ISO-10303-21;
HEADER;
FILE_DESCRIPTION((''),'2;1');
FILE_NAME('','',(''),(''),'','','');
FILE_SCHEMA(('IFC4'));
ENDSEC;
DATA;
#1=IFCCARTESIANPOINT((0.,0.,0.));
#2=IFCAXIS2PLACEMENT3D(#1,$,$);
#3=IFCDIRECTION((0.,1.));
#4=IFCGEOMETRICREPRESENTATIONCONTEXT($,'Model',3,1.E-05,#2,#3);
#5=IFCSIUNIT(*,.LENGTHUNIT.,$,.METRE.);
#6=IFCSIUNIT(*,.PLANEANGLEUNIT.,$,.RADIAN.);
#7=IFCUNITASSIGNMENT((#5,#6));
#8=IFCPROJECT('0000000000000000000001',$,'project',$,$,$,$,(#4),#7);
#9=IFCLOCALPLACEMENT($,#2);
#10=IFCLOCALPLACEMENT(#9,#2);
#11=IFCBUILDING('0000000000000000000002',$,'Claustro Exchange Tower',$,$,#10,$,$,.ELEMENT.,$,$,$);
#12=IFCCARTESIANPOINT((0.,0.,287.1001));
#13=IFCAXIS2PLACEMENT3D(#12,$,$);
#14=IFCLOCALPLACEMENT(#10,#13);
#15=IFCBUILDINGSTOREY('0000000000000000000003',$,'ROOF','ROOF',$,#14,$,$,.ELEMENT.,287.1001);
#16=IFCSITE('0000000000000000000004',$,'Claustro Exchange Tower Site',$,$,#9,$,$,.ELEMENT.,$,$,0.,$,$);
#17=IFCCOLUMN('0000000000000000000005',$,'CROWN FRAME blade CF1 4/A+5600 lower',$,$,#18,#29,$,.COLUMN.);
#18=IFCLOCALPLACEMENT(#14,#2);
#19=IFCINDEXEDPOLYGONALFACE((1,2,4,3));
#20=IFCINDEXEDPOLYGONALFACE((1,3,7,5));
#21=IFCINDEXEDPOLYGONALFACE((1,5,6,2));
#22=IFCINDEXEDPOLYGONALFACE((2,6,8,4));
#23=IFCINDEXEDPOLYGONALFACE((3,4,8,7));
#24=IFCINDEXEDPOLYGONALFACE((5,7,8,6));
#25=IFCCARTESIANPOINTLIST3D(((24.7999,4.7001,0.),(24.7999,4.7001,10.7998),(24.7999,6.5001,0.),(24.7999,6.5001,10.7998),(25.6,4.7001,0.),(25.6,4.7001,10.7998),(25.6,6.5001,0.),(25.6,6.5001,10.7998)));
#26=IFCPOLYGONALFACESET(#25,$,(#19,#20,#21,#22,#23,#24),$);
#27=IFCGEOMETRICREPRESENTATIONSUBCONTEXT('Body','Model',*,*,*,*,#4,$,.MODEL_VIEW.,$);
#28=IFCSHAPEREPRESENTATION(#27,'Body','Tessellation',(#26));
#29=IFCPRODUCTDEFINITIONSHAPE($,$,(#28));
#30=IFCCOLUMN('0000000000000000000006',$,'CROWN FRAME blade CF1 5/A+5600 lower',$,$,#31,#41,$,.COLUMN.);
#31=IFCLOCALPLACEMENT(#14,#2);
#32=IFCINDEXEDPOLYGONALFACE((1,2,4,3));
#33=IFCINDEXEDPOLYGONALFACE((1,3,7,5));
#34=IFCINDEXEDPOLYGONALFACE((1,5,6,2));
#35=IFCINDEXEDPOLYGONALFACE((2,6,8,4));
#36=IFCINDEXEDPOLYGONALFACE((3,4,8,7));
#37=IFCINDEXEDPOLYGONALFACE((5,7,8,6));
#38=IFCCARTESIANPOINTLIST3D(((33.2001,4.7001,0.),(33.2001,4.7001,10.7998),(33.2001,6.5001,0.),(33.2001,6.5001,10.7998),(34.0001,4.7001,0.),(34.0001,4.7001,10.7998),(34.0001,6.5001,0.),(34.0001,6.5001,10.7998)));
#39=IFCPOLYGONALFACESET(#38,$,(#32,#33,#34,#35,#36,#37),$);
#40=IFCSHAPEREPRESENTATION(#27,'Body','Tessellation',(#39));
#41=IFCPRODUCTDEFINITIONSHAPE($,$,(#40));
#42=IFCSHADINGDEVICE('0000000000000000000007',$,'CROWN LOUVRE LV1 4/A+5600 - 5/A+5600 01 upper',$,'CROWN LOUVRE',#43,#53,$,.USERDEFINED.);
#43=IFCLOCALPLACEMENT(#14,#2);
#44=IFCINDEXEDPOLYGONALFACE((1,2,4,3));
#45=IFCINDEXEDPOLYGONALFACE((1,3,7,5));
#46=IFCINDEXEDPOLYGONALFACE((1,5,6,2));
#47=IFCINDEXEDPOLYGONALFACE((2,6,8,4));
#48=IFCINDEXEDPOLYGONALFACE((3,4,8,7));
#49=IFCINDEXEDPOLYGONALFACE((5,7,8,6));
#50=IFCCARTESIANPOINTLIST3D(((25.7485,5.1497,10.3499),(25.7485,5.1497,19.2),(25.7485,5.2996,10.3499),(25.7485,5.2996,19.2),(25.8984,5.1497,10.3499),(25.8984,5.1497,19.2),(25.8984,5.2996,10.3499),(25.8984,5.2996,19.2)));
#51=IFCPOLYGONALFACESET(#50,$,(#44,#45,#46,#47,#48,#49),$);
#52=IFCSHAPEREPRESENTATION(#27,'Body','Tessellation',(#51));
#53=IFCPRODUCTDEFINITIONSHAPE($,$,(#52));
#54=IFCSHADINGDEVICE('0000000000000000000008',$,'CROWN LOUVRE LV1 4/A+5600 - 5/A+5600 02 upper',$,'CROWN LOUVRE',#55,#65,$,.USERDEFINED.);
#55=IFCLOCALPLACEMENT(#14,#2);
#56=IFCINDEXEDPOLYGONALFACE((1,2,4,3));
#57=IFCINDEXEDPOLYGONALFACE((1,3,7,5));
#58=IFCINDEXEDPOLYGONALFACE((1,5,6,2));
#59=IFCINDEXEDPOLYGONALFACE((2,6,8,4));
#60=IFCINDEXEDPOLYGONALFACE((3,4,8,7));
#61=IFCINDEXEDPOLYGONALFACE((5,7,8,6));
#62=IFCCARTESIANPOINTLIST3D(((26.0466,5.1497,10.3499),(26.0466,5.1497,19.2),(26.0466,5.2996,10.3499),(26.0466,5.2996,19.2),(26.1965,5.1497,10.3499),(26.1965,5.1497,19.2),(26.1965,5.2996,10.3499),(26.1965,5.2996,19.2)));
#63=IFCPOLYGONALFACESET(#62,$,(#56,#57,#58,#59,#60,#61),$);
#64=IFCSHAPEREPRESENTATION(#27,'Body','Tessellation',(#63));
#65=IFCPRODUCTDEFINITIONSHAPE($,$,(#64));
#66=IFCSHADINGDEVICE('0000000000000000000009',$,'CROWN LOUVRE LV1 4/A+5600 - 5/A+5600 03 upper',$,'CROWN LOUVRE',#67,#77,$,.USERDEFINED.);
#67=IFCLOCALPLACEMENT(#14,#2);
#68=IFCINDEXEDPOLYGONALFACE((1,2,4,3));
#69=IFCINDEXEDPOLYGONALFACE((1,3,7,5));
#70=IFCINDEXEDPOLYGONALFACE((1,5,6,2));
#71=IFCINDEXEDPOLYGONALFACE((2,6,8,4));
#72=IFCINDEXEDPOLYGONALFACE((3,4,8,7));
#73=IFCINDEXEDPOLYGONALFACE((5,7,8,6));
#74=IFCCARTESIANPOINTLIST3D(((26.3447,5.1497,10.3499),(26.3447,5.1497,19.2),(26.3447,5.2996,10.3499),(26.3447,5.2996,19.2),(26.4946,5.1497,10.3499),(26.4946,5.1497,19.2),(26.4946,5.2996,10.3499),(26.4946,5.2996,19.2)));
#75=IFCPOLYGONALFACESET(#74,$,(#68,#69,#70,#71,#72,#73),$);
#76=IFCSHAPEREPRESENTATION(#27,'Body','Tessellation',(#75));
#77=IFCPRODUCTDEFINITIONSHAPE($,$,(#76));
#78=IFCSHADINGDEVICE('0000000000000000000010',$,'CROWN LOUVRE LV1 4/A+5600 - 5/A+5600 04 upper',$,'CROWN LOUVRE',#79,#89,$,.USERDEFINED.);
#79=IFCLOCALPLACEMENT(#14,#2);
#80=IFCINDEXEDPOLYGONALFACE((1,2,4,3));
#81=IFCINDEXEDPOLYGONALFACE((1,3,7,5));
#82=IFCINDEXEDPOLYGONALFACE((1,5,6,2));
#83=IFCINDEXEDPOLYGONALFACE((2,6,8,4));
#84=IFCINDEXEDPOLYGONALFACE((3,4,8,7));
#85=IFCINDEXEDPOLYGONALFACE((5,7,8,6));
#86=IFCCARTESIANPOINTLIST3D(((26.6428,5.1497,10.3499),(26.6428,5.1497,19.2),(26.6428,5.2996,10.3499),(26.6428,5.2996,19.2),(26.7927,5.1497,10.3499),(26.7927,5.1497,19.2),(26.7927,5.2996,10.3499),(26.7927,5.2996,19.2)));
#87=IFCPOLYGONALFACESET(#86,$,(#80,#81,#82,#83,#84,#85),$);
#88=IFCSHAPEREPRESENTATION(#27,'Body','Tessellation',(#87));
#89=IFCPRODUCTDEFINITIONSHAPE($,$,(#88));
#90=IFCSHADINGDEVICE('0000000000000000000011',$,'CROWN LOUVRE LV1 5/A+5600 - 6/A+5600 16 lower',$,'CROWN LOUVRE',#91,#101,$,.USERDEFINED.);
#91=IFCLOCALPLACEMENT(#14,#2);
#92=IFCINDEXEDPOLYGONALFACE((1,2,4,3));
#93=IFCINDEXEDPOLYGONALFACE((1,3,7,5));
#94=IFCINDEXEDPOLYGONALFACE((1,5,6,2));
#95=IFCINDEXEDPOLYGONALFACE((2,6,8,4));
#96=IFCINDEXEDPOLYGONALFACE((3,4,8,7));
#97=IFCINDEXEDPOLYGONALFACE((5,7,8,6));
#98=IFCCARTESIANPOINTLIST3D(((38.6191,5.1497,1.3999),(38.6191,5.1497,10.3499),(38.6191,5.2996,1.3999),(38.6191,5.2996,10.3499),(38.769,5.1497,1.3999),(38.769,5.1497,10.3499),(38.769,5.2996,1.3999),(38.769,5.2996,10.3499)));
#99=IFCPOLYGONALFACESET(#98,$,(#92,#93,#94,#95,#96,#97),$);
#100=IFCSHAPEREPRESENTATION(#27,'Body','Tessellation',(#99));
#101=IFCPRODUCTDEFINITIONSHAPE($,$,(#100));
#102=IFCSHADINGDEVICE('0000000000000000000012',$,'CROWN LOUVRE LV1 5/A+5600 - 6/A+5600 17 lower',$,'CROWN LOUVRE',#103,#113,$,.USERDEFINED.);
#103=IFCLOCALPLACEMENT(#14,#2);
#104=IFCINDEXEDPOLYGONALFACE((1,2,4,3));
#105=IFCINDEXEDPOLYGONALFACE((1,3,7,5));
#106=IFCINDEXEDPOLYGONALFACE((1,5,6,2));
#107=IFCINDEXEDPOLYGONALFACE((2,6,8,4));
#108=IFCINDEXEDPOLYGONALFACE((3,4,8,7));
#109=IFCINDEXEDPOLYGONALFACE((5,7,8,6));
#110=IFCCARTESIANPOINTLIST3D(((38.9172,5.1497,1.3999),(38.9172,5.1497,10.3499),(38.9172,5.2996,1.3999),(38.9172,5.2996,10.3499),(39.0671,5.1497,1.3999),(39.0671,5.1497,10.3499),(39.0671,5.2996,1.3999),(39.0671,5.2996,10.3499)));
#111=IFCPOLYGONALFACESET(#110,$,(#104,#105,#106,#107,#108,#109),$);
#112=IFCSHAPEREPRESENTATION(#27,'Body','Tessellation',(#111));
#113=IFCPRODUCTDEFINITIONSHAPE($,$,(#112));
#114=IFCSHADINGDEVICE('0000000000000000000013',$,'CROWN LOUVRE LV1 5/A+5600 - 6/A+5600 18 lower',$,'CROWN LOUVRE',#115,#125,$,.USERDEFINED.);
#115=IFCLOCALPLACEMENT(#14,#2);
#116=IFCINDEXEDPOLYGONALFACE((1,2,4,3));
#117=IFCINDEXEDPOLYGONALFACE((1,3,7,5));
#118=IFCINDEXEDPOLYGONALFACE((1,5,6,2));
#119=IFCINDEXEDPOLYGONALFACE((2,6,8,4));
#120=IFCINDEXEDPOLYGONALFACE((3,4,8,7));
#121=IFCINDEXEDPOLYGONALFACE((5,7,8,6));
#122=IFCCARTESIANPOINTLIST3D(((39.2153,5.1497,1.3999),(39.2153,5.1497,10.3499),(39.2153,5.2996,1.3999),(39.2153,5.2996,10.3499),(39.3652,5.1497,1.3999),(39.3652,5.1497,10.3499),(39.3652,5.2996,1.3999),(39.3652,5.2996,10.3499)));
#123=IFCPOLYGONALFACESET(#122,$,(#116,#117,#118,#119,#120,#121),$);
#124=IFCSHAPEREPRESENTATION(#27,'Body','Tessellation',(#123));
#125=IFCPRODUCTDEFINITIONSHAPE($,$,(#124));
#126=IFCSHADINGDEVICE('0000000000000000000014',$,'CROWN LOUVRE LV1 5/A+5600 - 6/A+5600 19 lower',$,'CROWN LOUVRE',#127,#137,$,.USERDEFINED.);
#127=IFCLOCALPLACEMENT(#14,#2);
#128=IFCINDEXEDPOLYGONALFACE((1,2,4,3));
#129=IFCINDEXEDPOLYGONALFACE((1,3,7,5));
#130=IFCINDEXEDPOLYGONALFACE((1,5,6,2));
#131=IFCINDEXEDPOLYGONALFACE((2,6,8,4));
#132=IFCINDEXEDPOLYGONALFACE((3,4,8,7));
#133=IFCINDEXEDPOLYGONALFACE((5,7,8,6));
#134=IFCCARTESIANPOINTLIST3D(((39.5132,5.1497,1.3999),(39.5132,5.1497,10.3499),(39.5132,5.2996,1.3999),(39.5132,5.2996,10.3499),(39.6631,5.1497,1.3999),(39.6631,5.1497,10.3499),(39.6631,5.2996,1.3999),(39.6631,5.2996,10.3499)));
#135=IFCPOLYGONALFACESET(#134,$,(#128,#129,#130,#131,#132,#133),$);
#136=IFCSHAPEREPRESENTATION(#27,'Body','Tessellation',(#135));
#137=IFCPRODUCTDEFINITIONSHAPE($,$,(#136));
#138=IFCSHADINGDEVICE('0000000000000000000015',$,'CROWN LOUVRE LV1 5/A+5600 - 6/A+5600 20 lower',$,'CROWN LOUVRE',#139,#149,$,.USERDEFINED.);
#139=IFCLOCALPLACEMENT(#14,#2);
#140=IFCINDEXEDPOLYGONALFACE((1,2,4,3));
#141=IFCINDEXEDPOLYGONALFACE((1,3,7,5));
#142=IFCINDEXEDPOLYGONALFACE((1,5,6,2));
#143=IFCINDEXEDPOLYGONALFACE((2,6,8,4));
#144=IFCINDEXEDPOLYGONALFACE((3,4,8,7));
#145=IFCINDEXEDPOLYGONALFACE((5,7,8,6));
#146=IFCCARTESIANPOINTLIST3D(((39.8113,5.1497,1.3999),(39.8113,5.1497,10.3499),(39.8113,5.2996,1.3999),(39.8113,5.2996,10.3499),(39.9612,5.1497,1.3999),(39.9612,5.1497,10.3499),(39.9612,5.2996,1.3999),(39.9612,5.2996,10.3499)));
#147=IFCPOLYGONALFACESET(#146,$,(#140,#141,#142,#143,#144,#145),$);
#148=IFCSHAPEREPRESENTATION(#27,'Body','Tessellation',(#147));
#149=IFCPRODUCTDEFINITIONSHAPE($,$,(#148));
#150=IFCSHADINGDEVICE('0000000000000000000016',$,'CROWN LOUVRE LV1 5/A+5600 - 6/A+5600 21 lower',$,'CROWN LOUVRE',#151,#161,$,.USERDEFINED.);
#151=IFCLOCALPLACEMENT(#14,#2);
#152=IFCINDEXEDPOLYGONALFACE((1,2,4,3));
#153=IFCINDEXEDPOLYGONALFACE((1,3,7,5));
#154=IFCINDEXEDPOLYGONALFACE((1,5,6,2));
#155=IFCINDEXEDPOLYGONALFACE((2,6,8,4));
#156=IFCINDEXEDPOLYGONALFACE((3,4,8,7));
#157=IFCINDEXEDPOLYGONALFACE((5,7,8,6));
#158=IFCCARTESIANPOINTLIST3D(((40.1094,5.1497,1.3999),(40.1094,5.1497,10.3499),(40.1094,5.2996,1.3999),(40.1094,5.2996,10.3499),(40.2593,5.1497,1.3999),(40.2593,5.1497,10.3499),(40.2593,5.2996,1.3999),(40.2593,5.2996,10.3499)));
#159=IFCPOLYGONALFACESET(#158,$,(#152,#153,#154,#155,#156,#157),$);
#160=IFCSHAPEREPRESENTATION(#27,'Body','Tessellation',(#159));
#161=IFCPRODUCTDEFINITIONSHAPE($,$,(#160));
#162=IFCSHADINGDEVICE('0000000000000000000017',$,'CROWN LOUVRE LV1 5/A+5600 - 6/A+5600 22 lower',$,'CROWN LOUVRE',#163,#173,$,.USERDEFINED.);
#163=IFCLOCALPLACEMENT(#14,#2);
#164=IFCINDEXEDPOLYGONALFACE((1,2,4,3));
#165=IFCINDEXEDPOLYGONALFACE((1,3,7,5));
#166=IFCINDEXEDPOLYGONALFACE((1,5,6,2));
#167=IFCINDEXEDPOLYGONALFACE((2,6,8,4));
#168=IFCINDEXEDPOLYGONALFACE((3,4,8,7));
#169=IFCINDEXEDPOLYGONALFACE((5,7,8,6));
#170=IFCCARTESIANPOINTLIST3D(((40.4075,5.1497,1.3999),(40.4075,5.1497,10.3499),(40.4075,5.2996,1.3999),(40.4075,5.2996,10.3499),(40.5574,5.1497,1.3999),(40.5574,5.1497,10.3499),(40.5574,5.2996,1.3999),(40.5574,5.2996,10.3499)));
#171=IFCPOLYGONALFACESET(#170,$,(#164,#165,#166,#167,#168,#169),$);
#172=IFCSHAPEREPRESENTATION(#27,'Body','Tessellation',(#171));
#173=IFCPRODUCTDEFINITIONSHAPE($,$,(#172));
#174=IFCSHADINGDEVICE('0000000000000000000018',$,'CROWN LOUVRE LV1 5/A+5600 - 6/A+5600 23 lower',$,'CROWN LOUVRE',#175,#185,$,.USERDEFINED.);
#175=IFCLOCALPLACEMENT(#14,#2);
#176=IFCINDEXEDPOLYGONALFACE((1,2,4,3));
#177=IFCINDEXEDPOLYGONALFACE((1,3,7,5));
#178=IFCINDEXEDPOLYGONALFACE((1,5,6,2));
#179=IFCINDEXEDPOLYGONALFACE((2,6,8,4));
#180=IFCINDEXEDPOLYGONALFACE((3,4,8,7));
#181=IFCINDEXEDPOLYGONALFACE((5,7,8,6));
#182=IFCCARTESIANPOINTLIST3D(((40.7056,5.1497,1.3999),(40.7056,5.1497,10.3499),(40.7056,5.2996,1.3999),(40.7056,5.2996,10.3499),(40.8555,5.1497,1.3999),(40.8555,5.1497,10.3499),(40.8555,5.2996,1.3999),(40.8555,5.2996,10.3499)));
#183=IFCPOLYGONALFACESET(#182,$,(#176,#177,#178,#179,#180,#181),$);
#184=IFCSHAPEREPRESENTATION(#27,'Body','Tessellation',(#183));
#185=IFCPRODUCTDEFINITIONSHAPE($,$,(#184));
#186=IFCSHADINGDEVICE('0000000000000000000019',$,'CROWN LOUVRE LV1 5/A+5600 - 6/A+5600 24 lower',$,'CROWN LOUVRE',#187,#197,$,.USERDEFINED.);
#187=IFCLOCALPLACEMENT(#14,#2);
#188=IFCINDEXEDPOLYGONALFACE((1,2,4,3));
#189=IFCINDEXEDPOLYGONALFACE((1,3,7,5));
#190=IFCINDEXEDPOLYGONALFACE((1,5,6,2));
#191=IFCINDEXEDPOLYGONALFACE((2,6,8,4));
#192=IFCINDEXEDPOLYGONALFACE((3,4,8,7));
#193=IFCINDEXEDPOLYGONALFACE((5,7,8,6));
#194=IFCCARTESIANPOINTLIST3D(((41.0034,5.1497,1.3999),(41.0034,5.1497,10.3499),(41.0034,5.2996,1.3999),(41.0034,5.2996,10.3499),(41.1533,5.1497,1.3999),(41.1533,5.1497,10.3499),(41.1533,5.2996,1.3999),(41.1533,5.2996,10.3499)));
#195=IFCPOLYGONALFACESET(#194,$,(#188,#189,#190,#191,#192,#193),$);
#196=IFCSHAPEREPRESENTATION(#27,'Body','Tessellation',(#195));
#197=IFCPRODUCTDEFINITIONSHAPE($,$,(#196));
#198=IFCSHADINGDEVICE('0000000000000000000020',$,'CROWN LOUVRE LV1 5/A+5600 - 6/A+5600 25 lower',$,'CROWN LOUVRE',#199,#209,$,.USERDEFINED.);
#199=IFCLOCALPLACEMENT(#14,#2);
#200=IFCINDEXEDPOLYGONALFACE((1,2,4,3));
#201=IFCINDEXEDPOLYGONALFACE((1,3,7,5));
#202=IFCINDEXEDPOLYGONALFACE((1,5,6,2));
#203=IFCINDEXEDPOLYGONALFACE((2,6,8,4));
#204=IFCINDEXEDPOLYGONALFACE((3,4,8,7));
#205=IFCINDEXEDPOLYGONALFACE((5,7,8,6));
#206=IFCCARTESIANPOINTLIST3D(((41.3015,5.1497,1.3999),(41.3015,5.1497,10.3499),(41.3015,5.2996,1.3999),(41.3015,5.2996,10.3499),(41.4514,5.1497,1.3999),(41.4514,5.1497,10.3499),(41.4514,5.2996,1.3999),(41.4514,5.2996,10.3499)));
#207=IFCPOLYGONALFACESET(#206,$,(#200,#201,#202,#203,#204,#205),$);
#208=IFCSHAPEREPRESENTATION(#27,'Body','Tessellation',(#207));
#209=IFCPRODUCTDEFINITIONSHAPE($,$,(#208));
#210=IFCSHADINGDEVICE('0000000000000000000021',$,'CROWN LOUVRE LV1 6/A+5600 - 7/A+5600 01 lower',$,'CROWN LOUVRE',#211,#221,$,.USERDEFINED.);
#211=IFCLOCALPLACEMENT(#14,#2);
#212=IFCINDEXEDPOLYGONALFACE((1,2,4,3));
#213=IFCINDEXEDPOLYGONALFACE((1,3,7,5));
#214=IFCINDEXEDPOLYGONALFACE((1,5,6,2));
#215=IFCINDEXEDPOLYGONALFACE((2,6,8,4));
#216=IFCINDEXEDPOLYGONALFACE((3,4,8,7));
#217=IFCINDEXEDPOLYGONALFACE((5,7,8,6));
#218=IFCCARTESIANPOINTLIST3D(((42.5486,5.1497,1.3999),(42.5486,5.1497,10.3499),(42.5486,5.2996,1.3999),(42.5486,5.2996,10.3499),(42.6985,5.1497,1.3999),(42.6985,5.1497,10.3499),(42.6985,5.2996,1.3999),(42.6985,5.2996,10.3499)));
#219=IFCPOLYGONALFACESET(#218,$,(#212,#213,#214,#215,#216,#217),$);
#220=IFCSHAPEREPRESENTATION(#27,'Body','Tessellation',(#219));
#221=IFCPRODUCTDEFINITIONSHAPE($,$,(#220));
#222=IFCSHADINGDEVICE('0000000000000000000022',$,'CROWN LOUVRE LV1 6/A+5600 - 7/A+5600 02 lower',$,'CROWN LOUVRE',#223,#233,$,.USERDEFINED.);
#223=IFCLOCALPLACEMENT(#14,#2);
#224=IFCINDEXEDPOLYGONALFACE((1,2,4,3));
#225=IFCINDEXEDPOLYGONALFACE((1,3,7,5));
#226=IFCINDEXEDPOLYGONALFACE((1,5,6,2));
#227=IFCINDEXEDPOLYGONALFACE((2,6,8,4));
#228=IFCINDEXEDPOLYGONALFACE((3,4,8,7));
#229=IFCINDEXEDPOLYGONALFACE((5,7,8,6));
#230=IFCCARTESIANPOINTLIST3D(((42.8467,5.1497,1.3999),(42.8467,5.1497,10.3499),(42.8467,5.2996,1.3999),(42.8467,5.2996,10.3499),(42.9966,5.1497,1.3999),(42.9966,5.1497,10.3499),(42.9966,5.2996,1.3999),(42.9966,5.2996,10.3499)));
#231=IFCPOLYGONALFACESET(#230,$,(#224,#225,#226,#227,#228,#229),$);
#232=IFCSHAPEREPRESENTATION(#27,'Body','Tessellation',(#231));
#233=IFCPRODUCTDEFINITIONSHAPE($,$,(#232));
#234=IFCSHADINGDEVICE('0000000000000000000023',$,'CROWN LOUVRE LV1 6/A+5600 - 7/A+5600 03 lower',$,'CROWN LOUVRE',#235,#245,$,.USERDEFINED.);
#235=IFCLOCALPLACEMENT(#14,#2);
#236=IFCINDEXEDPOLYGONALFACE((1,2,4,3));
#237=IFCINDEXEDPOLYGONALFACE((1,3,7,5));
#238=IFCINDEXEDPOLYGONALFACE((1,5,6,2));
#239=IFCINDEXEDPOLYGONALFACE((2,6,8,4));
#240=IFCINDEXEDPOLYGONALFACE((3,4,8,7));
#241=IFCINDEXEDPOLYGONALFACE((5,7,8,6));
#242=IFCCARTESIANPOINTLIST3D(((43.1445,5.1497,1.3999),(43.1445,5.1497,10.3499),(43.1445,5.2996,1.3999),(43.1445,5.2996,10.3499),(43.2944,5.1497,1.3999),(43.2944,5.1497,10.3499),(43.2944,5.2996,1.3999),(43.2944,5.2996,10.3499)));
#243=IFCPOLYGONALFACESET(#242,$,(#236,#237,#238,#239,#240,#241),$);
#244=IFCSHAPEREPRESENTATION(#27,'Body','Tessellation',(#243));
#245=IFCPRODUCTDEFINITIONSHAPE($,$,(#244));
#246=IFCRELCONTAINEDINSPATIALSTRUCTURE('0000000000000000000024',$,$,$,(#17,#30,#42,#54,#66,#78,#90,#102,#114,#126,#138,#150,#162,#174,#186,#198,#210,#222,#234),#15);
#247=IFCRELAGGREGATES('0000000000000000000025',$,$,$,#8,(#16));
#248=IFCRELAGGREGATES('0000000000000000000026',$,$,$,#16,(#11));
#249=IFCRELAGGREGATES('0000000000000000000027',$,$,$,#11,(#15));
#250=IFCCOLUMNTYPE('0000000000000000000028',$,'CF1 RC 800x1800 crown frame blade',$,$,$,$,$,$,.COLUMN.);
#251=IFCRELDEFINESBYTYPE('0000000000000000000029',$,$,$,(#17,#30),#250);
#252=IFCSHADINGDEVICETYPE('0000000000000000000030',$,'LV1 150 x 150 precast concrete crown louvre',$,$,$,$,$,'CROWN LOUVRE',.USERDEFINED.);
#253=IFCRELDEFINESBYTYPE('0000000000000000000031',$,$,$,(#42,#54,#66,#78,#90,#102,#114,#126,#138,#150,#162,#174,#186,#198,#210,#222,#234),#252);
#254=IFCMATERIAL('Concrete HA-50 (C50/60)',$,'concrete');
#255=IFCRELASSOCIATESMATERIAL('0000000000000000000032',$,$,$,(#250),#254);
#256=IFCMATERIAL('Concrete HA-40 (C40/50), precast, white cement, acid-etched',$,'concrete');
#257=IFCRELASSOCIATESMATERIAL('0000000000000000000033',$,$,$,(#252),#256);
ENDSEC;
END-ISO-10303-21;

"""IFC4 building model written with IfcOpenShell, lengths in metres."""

from ifc_helpers import new_model, si_unit, direction, frame, origin, origin_2d, place, context, subcontext, project, spatial, rectangle, extrude, material, material_profile, profile_set, type_object, element, save


model = new_model("IFC4")

# Units and contexts
model_context = context("Model", 3, precision=1e-05, world=origin(), true_north=direction((0.0, 1.0)))
body_context = subcontext(model_context, "Body", "Model", "MODEL_VIEW")
ifc_project = project(units=[si_unit("LENGTHUNIT", "METRE"), si_unit("PLANEANGLEUNIT", "RADIAN")], contexts=[model_context])

# Site, building, storey
site_placement = place(None, origin())
site = spatial("IfcSite", under=ifc_project, at=site_placement, Name="Claustro Exchange Tower Site", CompositionType="ELEMENT", RefElevation=0.0)
building_placement = place(site_placement, origin())
building = spatial("IfcBuilding", under=site, at=building_placement, Name="Claustro Exchange Tower", CompositionType="ELEMENT")
storey_placement = place(building_placement, frame((0.0, 0.0, 287.1001)))
storey = spatial("IfcBuildingStorey", under=building, at=storey_placement, Name="ROOF", Description="ROOF", CompositionType="ELEMENT", Elevation=287.1001)

# Columns
ifc_material_1 = material(Name="Concrete HA-50 (C50/60)", Category="concrete")
ifc_material_profile = material_profile(ifc_material_1, rectangle(XDim=0.8, YDim=1.8, at=origin_2d()), Name="RC 800x1800")
ifc_profile_set = profile_set([ifc_material_profile], Name="Concrete HA-50 (C50/60)")
column_type = type_object("IfcColumnType", Name="CF1 RC 800x1800 crown frame blade", PredefinedType="COLUMN", material=ifc_profile_set)
for number, where, z_axis, x_axis, name in (
    (1, (25.2, 5.6001, 0.0), (0.0, 0.0, 1.0), (1.0, 0.0, 0.0), "CROWN FRAME blade CF1 4/A+5600 lower"),
    (2, (33.6001, 5.6001, 0.0), (0.0, 0.0, 1.0), (1.0, 0.0, 0.0), "CROWN FRAME blade CF1 5/A+5600 lower"),
):
    element("IfcColumn", number, at=place(storey_placement, frame(where, z_axis=z_axis, x_axis=x_axis)), inside=storey, type_object=column_type, Name=name, PredefinedType="COLUMN", context=body_context, shape_type="SweptSolid", body=[
        extrude(rectangle(XDim=0.8, YDim=1.8, at=origin_2d()), origin(), (0.0, 0.0, 1.0), 10.7998),
    ])

# Shading devices
ifc_material_2 = material(Name="Concrete HA-40 (C40/50), precast, white cement, acid-etched", Category="concrete")
shading_device_type = type_object("IfcShadingDeviceType", Name="LV1 150 x 150 precast concrete crown louvre", ElementType="CROWN LOUVRE", PredefinedType="USERDEFINED", material=ifc_material_2)
for number, where, z_axis, x_axis, name in (
    (3, (25.8235, 5.2246, 10.3499), (0.0, 0.0, 1.0), (1.0, 0.0, 0.0), "CROWN LOUVRE LV1 4/A+5600 - 5/A+5600 01 upper"),
    (4, (26.1216, 5.2246, 10.3499), (0.0, 0.0, 1.0), (1.0, 0.0, 0.0), "CROWN LOUVRE LV1 4/A+5600 - 5/A+5600 02 upper"),
    (5, (26.4197, 5.2246, 10.3499), (0.0, 0.0, 1.0), (1.0, 0.0, 0.0), "CROWN LOUVRE LV1 4/A+5600 - 5/A+5600 03 upper"),
    (6, (26.7178, 5.2246, 10.3499), (0.0, 0.0, 1.0), (1.0, 0.0, 0.0), "CROWN LOUVRE LV1 4/A+5600 - 5/A+5600 04 upper"),
):
    element("IfcShadingDevice", number, at=place(storey_placement, frame(where, z_axis=z_axis, x_axis=x_axis)), inside=storey, type_object=shading_device_type, Name=name, ObjectType="CROWN LOUVRE", PredefinedType="USERDEFINED", context=body_context, shape_type="SweptSolid", body=[
        extrude(rectangle(XDim=0.1499, YDim=0.1499, at=origin_2d()), origin(), (0.0, 0.0, 1.0), 8.8501),
    ])
for number, where, z_axis, x_axis, name in (
    (7, (38.6941, 5.2246, 1.3999), (0.0, 0.0, 1.0), (1.0, 0.0, 0.0), "CROWN LOUVRE LV1 5/A+5600 - 6/A+5600 16 lower"),
    (8, (38.9922, 5.2246, 1.3999), (0.0, 0.0, 1.0), (1.0, 0.0, 0.0), "CROWN LOUVRE LV1 5/A+5600 - 6/A+5600 17 lower"),
    (9, (39.2903, 5.2246, 1.3999), (0.0, 0.0, 1.0), (1.0, 0.0, 0.0), "CROWN LOUVRE LV1 5/A+5600 - 6/A+5600 18 lower"),
    (10, (39.5881, 5.2246, 1.3999), (0.0, 0.0, 1.0), (1.0, 0.0, 0.0), "CROWN LOUVRE LV1 5/A+5600 - 6/A+5600 19 lower"),
    (11, (39.8862, 5.2246, 1.3999), (0.0, 0.0, 1.0), (1.0, 0.0, 0.0), "CROWN LOUVRE LV1 5/A+5600 - 6/A+5600 20 lower"),
    (12, (40.1843, 5.2246, 1.3999), (0.0, 0.0, 1.0), (1.0, 0.0, 0.0), "CROWN LOUVRE LV1 5/A+5600 - 6/A+5600 21 lower"),
    (13, (40.4824, 5.2246, 1.3999), (0.0, 0.0, 1.0), (1.0, 0.0, 0.0), "CROWN LOUVRE LV1 5/A+5600 - 6/A+5600 22 lower"),
    (14, (40.7805, 5.2246, 1.3999), (0.0, 0.0, 1.0), (1.0, 0.0, 0.0), "CROWN LOUVRE LV1 5/A+5600 - 6/A+5600 23 lower"),
    (15, (41.0784, 5.2246, 1.3999), (0.0, 0.0, 1.0), (1.0, 0.0, 0.0), "CROWN LOUVRE LV1 5/A+5600 - 6/A+5600 24 lower"),
    (16, (41.3765, 5.2246, 1.3999), (0.0, 0.0, 1.0), (1.0, 0.0, 0.0), "CROWN LOUVRE LV1 5/A+5600 - 6/A+5600 25 lower"),
    (17, (42.6235, 5.2246, 1.3999), (0.0, 0.0, 1.0), (1.0, 0.0, 0.0), "CROWN LOUVRE LV1 6/A+5600 - 7/A+5600 01 lower"),
    (18, (42.9216, 5.2246, 1.3999), (0.0, 0.0, 1.0), (1.0, 0.0, 0.0), "CROWN LOUVRE LV1 6/A+5600 - 7/A+5600 02 lower"),
    (19, (43.2195, 5.2246, 1.3999), (0.0, 0.0, 1.0), (1.0, 0.0, 0.0), "CROWN LOUVRE LV1 6/A+5600 - 7/A+5600 03 lower"),
):
    element("IfcShadingDevice", number, at=place(storey_placement, frame(where, z_axis=z_axis, x_axis=x_axis)), inside=storey, type_object=shading_device_type, Name=name, ObjectType="CROWN LOUVRE", PredefinedType="USERDEFINED", context=body_context, shape_type="SweptSolid", body=[
        extrude(rectangle(XDim=0.1499, YDim=0.1499, at=origin_2d()), origin(), (0.0, 0.0, 1.0), 8.95),
    ])

save(model, "model.ifc")
